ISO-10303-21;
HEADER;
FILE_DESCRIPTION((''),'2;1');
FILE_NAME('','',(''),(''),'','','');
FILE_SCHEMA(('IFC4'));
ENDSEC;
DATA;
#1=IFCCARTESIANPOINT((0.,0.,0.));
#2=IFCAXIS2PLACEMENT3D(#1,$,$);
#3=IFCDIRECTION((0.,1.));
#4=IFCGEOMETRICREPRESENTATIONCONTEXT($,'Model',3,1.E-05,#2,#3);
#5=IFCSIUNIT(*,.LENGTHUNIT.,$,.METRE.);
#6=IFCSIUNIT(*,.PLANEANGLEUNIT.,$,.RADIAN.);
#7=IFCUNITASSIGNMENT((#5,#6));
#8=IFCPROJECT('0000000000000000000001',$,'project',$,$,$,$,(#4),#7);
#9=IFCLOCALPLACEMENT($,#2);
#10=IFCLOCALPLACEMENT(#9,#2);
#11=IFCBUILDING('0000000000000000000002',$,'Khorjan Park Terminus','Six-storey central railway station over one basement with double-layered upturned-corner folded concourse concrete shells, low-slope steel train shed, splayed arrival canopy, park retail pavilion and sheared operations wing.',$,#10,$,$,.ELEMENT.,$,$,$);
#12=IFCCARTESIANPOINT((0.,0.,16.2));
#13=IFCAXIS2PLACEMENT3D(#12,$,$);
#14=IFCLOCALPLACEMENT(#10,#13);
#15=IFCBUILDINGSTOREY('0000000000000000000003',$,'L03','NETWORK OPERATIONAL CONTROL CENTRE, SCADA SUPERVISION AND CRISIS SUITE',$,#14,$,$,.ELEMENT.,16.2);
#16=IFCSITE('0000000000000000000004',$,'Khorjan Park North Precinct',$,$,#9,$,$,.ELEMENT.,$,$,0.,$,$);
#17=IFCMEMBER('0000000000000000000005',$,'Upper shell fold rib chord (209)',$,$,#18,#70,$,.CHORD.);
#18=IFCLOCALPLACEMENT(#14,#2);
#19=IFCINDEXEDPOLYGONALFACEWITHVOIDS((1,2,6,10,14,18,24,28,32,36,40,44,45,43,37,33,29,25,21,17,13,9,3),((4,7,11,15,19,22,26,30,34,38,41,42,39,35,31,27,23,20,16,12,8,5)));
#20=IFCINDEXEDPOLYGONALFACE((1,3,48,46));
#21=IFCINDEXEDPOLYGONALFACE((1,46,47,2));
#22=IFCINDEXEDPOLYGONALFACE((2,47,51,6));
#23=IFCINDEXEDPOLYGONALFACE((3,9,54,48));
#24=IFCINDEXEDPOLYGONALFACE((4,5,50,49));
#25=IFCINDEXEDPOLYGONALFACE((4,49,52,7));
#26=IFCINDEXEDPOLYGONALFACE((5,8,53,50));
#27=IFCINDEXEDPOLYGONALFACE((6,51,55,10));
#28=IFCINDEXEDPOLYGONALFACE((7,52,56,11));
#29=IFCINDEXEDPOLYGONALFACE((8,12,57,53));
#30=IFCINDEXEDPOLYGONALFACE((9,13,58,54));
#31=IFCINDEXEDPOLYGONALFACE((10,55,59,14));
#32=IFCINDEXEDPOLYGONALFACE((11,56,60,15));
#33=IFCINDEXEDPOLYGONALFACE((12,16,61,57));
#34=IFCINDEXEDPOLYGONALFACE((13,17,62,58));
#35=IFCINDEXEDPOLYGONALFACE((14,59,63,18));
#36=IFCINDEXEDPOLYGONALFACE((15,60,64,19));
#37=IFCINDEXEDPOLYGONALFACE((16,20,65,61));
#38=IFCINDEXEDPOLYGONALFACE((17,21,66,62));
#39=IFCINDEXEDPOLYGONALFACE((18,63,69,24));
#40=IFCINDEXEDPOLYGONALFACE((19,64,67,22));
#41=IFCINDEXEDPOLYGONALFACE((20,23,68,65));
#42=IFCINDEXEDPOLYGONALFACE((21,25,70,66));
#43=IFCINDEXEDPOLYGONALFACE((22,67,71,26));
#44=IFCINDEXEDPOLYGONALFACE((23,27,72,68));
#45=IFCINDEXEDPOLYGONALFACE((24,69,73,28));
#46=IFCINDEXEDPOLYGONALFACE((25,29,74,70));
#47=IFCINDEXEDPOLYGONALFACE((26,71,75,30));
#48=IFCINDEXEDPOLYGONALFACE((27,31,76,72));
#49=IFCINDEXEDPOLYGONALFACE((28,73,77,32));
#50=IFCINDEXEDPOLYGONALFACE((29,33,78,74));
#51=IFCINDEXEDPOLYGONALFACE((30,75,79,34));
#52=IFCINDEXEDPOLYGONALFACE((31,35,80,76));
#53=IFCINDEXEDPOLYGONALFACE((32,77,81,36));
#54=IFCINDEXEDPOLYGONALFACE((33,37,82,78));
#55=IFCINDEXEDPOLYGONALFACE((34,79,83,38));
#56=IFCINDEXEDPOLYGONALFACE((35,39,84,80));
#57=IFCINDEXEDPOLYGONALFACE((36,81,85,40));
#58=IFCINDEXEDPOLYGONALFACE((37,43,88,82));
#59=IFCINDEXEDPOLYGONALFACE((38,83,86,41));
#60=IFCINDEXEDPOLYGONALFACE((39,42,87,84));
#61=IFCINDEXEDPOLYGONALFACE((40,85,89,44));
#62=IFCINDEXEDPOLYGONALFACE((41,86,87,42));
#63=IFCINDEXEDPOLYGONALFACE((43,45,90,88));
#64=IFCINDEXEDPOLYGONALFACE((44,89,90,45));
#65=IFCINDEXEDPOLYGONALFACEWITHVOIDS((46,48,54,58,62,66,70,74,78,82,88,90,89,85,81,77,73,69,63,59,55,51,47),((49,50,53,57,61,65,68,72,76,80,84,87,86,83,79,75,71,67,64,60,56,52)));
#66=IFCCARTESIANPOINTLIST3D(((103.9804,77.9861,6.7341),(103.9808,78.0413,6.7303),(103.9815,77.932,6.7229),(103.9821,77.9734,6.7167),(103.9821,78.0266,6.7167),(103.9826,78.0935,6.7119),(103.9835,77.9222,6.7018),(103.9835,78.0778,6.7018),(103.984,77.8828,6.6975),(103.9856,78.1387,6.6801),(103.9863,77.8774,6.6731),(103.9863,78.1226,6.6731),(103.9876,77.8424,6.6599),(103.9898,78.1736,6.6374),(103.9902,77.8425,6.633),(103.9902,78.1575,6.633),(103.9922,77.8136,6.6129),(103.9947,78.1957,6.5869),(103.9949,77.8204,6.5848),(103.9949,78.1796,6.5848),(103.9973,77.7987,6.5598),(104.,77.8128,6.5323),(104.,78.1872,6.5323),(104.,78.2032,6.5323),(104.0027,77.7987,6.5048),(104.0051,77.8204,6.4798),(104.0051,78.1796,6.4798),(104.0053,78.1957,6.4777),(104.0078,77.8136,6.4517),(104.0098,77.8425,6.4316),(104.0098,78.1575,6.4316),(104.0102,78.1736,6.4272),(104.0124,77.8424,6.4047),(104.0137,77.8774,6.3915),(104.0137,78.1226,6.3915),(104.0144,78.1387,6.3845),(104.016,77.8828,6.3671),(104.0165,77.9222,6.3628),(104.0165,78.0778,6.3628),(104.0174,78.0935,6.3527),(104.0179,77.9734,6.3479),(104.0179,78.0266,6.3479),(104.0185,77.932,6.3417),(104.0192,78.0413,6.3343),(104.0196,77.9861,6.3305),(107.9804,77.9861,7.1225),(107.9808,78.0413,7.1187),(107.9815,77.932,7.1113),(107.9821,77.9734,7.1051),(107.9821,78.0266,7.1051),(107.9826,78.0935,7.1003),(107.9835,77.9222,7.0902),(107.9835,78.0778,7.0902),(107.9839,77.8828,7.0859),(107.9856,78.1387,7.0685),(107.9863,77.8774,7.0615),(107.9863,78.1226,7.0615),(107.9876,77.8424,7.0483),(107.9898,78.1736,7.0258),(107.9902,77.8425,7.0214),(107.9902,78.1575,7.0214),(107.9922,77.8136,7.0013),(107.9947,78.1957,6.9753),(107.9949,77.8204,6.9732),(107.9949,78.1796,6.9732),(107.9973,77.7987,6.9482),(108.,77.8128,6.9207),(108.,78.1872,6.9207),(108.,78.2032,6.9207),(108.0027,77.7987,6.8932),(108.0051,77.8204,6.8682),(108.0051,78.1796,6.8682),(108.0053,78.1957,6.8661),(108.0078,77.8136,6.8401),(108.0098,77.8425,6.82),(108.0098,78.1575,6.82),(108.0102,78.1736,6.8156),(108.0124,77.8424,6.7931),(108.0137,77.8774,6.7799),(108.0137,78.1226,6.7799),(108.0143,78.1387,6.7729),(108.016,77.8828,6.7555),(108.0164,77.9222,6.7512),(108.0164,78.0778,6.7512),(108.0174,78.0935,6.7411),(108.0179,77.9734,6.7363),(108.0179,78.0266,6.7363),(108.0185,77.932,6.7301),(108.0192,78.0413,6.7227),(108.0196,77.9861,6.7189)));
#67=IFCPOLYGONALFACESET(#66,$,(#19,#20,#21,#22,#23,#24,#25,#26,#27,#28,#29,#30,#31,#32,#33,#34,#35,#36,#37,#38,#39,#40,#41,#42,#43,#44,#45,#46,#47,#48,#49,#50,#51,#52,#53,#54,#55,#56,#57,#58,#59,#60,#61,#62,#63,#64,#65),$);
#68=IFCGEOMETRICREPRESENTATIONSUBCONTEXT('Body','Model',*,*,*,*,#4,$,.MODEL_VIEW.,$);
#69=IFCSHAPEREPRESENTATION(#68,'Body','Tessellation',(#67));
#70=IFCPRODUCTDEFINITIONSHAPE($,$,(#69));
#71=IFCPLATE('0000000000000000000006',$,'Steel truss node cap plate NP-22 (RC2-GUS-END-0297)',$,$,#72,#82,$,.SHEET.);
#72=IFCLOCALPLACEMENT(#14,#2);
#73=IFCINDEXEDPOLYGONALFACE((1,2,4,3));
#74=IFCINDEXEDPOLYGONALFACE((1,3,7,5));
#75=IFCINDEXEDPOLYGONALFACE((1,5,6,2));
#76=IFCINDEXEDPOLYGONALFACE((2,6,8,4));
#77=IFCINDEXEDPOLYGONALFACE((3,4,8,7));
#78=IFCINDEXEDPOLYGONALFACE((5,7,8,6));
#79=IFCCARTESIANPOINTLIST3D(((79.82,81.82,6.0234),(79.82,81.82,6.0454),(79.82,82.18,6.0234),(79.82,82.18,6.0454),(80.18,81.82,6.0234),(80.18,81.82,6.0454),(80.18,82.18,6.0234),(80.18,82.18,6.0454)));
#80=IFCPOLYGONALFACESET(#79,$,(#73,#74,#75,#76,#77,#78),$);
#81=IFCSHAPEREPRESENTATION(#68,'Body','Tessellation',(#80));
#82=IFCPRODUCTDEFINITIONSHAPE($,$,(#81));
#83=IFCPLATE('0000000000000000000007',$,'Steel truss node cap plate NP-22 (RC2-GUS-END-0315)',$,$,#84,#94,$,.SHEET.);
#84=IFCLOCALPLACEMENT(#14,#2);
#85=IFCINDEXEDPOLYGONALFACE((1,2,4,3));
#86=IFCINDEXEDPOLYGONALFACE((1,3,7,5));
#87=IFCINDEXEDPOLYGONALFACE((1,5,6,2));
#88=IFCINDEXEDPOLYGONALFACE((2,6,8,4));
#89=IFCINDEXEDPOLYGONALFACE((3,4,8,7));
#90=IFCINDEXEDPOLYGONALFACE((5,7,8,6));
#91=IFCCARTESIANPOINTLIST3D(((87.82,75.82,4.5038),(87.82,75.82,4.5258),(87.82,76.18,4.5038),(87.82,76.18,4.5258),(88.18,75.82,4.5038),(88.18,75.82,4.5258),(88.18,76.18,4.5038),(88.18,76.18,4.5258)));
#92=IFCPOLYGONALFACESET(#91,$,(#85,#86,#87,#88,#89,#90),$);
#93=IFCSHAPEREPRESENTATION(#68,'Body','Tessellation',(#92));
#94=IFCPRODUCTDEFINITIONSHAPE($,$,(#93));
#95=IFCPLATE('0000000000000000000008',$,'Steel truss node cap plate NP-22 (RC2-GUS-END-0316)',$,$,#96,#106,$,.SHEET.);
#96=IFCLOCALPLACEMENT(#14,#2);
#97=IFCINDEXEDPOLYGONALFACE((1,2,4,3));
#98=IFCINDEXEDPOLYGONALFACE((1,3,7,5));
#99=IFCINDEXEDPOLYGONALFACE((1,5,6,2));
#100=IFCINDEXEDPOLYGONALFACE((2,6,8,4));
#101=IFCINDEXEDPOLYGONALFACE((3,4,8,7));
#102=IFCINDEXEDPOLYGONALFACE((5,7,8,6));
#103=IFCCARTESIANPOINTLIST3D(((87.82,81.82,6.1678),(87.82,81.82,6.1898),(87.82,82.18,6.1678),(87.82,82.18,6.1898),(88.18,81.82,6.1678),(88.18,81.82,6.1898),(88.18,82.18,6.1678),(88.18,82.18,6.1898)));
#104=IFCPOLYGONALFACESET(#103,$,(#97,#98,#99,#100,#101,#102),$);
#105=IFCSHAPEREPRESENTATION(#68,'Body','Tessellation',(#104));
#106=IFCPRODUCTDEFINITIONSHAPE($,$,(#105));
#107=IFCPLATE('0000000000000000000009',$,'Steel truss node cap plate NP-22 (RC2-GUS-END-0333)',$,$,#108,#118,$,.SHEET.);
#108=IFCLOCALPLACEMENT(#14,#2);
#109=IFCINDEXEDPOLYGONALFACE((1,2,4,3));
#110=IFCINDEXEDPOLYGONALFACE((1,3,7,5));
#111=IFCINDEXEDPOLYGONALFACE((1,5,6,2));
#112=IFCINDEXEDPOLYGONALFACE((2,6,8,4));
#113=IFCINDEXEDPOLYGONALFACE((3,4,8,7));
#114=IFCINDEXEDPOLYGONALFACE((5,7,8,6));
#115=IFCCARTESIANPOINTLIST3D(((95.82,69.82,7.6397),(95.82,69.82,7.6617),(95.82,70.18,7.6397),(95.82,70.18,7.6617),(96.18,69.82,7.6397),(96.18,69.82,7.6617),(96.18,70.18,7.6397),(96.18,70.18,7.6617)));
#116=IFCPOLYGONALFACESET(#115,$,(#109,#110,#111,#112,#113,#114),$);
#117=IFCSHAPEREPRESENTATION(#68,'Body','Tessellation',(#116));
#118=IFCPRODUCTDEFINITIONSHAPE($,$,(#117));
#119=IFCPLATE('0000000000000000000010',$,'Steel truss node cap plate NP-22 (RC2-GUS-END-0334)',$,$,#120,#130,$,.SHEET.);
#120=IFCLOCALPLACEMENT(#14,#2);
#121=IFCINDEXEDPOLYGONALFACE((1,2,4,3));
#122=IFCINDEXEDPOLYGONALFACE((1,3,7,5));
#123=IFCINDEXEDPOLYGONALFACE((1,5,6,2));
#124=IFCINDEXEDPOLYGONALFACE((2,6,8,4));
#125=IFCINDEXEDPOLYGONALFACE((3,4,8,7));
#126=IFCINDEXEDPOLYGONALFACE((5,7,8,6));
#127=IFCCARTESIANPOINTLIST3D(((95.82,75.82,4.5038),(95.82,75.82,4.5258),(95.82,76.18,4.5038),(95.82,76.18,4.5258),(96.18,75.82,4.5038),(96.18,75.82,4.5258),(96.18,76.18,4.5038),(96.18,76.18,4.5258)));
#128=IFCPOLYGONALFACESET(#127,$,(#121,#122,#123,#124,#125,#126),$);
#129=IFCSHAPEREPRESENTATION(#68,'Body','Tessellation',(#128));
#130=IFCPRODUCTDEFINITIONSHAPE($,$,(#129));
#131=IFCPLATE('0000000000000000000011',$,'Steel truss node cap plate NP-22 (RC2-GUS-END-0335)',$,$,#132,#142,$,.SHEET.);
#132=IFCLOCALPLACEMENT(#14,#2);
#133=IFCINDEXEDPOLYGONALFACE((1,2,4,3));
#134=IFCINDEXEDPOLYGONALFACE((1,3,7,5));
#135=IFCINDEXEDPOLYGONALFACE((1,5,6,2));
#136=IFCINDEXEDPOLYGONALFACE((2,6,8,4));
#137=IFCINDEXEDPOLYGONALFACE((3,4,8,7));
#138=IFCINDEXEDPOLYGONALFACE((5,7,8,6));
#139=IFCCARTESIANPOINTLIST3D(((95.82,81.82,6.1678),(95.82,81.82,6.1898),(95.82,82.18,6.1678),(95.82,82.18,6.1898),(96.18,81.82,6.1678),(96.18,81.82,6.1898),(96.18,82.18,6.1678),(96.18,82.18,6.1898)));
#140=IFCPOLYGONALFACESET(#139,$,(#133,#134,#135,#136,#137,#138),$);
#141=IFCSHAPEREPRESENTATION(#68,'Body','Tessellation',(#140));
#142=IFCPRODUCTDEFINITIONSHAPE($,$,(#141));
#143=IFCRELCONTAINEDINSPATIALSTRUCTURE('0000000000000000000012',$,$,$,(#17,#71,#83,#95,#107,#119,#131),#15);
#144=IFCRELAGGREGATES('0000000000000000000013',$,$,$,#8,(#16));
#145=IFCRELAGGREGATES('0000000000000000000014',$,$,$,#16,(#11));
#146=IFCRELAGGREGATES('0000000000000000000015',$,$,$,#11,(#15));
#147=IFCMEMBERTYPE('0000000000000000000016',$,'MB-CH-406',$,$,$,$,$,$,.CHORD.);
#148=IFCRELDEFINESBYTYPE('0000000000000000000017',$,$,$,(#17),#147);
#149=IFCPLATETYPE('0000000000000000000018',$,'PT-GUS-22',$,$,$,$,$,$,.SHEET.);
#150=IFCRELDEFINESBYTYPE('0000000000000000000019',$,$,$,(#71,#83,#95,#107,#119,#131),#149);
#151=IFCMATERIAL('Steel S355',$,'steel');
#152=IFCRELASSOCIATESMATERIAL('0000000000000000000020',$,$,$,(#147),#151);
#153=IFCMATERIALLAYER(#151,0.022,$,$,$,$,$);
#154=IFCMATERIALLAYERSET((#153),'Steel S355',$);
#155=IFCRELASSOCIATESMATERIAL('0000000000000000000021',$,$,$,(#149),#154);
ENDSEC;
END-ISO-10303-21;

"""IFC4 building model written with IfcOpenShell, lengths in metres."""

from ifc_helpers import new_model, si_unit, direction, frame, origin, origin_2d, place, context, subcontext, project, spatial, rectangle, hollow_circle, extrude, material, layer, layer_set, material_profile, profile_set, type_object, element, save


model = new_model("IFC4")

# Units and contexts
model_context = context("Model", 3, precision=1e-05, world=origin(), true_north=direction((0.0, 1.0)))
body_context = subcontext(model_context, "Body", "Model", "MODEL_VIEW")
ifc_project = project(units=[si_unit("LENGTHUNIT", "METRE"), si_unit("PLANEANGLEUNIT", "RADIAN")], contexts=[model_context])

# Site, building, storey
site_placement = place(None, origin())
site = spatial("IfcSite", under=ifc_project, at=site_placement, Name="Khorjan Park North Precinct", CompositionType="ELEMENT", RefElevation=0.0)
building_placement = place(site_placement, origin())
building = spatial("IfcBuilding", under=site, at=building_placement, Name="Khorjan Park Terminus", Description="Six-storey central railway station over one basement with double-layered upturned-corner folded concourse concrete shells, low-slope steel train shed, splayed arrival canopy, park retail pavilion and sheared operations wing.", CompositionType="ELEMENT")
storey_placement = place(building_placement, frame((0.0, 0.0, 16.2)))
storey = spatial("IfcBuildingStorey", under=building, at=storey_placement, Name="L03", Description="NETWORK OPERATIONAL CONTROL CENTRE, SCADA SUPERVISION AND CRISIS SUITE", CompositionType="ELEMENT", Elevation=16.2)

# Member
ifc_material = material(Name="Steel S355", Category="steel")
ifc_material_profile_1 = material_profile(ifc_material, hollow_circle(Radius=0.2032, WallThickness=0.016, at=origin_2d()), Name="CHS 406.4x16")
ifc_profile_set_1 = profile_set([ifc_material_profile_1], Name="Steel S355")
member_type_1 = type_object("IfcMemberType", Name="MB-CH-406", PredefinedType="CHORD", material=ifc_profile_set_1)
member_1_placement = place(storey_placement, frame((104.0, 78.0, 6.5323), z_axis=(0.995319, 0.0, 0.096645), x_axis=(0.0, 1.0, 0.0)))
element("IfcMember", 1, at=member_1_placement, inside=storey, type_object=member_type_1, Name="Upper shell fold rib chord (209)", PredefinedType="CHORD", context=body_context, shape_type="SweptSolid", body=[
    extrude(hollow_circle(Radius=0.2032, WallThickness=0.016, at=origin_2d()), origin(), (0.0, 0.0, 1.0), 4.0188),
])

# Plates
ifc_layer = layer(ifc_material, 0.022)
ifc_layer_set = layer_set([ifc_layer], Name="Steel S355")
plate_type = type_object("IfcPlateType", Name="PT-GUS-22", PredefinedType="SHEET", material=ifc_layer_set)
for number, where, z_axis, x_axis, name in (
    (2, (80.0, 82.0, 6.0234), (0.0, 0.0, 1.0), (1.0, 0.0, 0.0), "Steel truss node cap plate NP-22 (RC2-GUS-END-0297)"),
    (3, (88.0, 76.0, 4.5038), (0.0, 0.0, 1.0), (1.0, 0.0, 0.0), "Steel truss node cap plate NP-22 (RC2-GUS-END-0315)"),
    (4, (88.0, 82.0, 6.1678), (0.0, 0.0, 1.0), (1.0, 0.0, 0.0), "Steel truss node cap plate NP-22 (RC2-GUS-END-0316)"),
    (5, (96.0, 70.0, 7.6397), (0.0, 0.0, 1.0), (1.0, 0.0, 0.0), "Steel truss node cap plate NP-22 (RC2-GUS-END-0333)"),
    (6, (96.0, 76.0, 4.5038), (0.0, 0.0, 1.0), (1.0, 0.0, 0.0), "Steel truss node cap plate NP-22 (RC2-GUS-END-0334)"),
    (7, (96.0, 82.0, 6.1678), (0.0, 0.0, 1.0), (1.0, 0.0, 0.0), "Steel truss node cap plate NP-22 (RC2-GUS-END-0335)"),
):
    element("IfcPlate", number, at=place(storey_placement, frame(where, z_axis=z_axis, x_axis=x_axis)), inside=storey, type_object=plate_type, Name=name, PredefinedType="SHEET", context=body_context, shape_type="SweptSolid", body=[
        extrude(rectangle(XDim=0.36, YDim=0.36, at=origin_2d()), origin(), (0.0, 0.0, 1.0), 0.022),
    ])

save(model, "model.ifc")
